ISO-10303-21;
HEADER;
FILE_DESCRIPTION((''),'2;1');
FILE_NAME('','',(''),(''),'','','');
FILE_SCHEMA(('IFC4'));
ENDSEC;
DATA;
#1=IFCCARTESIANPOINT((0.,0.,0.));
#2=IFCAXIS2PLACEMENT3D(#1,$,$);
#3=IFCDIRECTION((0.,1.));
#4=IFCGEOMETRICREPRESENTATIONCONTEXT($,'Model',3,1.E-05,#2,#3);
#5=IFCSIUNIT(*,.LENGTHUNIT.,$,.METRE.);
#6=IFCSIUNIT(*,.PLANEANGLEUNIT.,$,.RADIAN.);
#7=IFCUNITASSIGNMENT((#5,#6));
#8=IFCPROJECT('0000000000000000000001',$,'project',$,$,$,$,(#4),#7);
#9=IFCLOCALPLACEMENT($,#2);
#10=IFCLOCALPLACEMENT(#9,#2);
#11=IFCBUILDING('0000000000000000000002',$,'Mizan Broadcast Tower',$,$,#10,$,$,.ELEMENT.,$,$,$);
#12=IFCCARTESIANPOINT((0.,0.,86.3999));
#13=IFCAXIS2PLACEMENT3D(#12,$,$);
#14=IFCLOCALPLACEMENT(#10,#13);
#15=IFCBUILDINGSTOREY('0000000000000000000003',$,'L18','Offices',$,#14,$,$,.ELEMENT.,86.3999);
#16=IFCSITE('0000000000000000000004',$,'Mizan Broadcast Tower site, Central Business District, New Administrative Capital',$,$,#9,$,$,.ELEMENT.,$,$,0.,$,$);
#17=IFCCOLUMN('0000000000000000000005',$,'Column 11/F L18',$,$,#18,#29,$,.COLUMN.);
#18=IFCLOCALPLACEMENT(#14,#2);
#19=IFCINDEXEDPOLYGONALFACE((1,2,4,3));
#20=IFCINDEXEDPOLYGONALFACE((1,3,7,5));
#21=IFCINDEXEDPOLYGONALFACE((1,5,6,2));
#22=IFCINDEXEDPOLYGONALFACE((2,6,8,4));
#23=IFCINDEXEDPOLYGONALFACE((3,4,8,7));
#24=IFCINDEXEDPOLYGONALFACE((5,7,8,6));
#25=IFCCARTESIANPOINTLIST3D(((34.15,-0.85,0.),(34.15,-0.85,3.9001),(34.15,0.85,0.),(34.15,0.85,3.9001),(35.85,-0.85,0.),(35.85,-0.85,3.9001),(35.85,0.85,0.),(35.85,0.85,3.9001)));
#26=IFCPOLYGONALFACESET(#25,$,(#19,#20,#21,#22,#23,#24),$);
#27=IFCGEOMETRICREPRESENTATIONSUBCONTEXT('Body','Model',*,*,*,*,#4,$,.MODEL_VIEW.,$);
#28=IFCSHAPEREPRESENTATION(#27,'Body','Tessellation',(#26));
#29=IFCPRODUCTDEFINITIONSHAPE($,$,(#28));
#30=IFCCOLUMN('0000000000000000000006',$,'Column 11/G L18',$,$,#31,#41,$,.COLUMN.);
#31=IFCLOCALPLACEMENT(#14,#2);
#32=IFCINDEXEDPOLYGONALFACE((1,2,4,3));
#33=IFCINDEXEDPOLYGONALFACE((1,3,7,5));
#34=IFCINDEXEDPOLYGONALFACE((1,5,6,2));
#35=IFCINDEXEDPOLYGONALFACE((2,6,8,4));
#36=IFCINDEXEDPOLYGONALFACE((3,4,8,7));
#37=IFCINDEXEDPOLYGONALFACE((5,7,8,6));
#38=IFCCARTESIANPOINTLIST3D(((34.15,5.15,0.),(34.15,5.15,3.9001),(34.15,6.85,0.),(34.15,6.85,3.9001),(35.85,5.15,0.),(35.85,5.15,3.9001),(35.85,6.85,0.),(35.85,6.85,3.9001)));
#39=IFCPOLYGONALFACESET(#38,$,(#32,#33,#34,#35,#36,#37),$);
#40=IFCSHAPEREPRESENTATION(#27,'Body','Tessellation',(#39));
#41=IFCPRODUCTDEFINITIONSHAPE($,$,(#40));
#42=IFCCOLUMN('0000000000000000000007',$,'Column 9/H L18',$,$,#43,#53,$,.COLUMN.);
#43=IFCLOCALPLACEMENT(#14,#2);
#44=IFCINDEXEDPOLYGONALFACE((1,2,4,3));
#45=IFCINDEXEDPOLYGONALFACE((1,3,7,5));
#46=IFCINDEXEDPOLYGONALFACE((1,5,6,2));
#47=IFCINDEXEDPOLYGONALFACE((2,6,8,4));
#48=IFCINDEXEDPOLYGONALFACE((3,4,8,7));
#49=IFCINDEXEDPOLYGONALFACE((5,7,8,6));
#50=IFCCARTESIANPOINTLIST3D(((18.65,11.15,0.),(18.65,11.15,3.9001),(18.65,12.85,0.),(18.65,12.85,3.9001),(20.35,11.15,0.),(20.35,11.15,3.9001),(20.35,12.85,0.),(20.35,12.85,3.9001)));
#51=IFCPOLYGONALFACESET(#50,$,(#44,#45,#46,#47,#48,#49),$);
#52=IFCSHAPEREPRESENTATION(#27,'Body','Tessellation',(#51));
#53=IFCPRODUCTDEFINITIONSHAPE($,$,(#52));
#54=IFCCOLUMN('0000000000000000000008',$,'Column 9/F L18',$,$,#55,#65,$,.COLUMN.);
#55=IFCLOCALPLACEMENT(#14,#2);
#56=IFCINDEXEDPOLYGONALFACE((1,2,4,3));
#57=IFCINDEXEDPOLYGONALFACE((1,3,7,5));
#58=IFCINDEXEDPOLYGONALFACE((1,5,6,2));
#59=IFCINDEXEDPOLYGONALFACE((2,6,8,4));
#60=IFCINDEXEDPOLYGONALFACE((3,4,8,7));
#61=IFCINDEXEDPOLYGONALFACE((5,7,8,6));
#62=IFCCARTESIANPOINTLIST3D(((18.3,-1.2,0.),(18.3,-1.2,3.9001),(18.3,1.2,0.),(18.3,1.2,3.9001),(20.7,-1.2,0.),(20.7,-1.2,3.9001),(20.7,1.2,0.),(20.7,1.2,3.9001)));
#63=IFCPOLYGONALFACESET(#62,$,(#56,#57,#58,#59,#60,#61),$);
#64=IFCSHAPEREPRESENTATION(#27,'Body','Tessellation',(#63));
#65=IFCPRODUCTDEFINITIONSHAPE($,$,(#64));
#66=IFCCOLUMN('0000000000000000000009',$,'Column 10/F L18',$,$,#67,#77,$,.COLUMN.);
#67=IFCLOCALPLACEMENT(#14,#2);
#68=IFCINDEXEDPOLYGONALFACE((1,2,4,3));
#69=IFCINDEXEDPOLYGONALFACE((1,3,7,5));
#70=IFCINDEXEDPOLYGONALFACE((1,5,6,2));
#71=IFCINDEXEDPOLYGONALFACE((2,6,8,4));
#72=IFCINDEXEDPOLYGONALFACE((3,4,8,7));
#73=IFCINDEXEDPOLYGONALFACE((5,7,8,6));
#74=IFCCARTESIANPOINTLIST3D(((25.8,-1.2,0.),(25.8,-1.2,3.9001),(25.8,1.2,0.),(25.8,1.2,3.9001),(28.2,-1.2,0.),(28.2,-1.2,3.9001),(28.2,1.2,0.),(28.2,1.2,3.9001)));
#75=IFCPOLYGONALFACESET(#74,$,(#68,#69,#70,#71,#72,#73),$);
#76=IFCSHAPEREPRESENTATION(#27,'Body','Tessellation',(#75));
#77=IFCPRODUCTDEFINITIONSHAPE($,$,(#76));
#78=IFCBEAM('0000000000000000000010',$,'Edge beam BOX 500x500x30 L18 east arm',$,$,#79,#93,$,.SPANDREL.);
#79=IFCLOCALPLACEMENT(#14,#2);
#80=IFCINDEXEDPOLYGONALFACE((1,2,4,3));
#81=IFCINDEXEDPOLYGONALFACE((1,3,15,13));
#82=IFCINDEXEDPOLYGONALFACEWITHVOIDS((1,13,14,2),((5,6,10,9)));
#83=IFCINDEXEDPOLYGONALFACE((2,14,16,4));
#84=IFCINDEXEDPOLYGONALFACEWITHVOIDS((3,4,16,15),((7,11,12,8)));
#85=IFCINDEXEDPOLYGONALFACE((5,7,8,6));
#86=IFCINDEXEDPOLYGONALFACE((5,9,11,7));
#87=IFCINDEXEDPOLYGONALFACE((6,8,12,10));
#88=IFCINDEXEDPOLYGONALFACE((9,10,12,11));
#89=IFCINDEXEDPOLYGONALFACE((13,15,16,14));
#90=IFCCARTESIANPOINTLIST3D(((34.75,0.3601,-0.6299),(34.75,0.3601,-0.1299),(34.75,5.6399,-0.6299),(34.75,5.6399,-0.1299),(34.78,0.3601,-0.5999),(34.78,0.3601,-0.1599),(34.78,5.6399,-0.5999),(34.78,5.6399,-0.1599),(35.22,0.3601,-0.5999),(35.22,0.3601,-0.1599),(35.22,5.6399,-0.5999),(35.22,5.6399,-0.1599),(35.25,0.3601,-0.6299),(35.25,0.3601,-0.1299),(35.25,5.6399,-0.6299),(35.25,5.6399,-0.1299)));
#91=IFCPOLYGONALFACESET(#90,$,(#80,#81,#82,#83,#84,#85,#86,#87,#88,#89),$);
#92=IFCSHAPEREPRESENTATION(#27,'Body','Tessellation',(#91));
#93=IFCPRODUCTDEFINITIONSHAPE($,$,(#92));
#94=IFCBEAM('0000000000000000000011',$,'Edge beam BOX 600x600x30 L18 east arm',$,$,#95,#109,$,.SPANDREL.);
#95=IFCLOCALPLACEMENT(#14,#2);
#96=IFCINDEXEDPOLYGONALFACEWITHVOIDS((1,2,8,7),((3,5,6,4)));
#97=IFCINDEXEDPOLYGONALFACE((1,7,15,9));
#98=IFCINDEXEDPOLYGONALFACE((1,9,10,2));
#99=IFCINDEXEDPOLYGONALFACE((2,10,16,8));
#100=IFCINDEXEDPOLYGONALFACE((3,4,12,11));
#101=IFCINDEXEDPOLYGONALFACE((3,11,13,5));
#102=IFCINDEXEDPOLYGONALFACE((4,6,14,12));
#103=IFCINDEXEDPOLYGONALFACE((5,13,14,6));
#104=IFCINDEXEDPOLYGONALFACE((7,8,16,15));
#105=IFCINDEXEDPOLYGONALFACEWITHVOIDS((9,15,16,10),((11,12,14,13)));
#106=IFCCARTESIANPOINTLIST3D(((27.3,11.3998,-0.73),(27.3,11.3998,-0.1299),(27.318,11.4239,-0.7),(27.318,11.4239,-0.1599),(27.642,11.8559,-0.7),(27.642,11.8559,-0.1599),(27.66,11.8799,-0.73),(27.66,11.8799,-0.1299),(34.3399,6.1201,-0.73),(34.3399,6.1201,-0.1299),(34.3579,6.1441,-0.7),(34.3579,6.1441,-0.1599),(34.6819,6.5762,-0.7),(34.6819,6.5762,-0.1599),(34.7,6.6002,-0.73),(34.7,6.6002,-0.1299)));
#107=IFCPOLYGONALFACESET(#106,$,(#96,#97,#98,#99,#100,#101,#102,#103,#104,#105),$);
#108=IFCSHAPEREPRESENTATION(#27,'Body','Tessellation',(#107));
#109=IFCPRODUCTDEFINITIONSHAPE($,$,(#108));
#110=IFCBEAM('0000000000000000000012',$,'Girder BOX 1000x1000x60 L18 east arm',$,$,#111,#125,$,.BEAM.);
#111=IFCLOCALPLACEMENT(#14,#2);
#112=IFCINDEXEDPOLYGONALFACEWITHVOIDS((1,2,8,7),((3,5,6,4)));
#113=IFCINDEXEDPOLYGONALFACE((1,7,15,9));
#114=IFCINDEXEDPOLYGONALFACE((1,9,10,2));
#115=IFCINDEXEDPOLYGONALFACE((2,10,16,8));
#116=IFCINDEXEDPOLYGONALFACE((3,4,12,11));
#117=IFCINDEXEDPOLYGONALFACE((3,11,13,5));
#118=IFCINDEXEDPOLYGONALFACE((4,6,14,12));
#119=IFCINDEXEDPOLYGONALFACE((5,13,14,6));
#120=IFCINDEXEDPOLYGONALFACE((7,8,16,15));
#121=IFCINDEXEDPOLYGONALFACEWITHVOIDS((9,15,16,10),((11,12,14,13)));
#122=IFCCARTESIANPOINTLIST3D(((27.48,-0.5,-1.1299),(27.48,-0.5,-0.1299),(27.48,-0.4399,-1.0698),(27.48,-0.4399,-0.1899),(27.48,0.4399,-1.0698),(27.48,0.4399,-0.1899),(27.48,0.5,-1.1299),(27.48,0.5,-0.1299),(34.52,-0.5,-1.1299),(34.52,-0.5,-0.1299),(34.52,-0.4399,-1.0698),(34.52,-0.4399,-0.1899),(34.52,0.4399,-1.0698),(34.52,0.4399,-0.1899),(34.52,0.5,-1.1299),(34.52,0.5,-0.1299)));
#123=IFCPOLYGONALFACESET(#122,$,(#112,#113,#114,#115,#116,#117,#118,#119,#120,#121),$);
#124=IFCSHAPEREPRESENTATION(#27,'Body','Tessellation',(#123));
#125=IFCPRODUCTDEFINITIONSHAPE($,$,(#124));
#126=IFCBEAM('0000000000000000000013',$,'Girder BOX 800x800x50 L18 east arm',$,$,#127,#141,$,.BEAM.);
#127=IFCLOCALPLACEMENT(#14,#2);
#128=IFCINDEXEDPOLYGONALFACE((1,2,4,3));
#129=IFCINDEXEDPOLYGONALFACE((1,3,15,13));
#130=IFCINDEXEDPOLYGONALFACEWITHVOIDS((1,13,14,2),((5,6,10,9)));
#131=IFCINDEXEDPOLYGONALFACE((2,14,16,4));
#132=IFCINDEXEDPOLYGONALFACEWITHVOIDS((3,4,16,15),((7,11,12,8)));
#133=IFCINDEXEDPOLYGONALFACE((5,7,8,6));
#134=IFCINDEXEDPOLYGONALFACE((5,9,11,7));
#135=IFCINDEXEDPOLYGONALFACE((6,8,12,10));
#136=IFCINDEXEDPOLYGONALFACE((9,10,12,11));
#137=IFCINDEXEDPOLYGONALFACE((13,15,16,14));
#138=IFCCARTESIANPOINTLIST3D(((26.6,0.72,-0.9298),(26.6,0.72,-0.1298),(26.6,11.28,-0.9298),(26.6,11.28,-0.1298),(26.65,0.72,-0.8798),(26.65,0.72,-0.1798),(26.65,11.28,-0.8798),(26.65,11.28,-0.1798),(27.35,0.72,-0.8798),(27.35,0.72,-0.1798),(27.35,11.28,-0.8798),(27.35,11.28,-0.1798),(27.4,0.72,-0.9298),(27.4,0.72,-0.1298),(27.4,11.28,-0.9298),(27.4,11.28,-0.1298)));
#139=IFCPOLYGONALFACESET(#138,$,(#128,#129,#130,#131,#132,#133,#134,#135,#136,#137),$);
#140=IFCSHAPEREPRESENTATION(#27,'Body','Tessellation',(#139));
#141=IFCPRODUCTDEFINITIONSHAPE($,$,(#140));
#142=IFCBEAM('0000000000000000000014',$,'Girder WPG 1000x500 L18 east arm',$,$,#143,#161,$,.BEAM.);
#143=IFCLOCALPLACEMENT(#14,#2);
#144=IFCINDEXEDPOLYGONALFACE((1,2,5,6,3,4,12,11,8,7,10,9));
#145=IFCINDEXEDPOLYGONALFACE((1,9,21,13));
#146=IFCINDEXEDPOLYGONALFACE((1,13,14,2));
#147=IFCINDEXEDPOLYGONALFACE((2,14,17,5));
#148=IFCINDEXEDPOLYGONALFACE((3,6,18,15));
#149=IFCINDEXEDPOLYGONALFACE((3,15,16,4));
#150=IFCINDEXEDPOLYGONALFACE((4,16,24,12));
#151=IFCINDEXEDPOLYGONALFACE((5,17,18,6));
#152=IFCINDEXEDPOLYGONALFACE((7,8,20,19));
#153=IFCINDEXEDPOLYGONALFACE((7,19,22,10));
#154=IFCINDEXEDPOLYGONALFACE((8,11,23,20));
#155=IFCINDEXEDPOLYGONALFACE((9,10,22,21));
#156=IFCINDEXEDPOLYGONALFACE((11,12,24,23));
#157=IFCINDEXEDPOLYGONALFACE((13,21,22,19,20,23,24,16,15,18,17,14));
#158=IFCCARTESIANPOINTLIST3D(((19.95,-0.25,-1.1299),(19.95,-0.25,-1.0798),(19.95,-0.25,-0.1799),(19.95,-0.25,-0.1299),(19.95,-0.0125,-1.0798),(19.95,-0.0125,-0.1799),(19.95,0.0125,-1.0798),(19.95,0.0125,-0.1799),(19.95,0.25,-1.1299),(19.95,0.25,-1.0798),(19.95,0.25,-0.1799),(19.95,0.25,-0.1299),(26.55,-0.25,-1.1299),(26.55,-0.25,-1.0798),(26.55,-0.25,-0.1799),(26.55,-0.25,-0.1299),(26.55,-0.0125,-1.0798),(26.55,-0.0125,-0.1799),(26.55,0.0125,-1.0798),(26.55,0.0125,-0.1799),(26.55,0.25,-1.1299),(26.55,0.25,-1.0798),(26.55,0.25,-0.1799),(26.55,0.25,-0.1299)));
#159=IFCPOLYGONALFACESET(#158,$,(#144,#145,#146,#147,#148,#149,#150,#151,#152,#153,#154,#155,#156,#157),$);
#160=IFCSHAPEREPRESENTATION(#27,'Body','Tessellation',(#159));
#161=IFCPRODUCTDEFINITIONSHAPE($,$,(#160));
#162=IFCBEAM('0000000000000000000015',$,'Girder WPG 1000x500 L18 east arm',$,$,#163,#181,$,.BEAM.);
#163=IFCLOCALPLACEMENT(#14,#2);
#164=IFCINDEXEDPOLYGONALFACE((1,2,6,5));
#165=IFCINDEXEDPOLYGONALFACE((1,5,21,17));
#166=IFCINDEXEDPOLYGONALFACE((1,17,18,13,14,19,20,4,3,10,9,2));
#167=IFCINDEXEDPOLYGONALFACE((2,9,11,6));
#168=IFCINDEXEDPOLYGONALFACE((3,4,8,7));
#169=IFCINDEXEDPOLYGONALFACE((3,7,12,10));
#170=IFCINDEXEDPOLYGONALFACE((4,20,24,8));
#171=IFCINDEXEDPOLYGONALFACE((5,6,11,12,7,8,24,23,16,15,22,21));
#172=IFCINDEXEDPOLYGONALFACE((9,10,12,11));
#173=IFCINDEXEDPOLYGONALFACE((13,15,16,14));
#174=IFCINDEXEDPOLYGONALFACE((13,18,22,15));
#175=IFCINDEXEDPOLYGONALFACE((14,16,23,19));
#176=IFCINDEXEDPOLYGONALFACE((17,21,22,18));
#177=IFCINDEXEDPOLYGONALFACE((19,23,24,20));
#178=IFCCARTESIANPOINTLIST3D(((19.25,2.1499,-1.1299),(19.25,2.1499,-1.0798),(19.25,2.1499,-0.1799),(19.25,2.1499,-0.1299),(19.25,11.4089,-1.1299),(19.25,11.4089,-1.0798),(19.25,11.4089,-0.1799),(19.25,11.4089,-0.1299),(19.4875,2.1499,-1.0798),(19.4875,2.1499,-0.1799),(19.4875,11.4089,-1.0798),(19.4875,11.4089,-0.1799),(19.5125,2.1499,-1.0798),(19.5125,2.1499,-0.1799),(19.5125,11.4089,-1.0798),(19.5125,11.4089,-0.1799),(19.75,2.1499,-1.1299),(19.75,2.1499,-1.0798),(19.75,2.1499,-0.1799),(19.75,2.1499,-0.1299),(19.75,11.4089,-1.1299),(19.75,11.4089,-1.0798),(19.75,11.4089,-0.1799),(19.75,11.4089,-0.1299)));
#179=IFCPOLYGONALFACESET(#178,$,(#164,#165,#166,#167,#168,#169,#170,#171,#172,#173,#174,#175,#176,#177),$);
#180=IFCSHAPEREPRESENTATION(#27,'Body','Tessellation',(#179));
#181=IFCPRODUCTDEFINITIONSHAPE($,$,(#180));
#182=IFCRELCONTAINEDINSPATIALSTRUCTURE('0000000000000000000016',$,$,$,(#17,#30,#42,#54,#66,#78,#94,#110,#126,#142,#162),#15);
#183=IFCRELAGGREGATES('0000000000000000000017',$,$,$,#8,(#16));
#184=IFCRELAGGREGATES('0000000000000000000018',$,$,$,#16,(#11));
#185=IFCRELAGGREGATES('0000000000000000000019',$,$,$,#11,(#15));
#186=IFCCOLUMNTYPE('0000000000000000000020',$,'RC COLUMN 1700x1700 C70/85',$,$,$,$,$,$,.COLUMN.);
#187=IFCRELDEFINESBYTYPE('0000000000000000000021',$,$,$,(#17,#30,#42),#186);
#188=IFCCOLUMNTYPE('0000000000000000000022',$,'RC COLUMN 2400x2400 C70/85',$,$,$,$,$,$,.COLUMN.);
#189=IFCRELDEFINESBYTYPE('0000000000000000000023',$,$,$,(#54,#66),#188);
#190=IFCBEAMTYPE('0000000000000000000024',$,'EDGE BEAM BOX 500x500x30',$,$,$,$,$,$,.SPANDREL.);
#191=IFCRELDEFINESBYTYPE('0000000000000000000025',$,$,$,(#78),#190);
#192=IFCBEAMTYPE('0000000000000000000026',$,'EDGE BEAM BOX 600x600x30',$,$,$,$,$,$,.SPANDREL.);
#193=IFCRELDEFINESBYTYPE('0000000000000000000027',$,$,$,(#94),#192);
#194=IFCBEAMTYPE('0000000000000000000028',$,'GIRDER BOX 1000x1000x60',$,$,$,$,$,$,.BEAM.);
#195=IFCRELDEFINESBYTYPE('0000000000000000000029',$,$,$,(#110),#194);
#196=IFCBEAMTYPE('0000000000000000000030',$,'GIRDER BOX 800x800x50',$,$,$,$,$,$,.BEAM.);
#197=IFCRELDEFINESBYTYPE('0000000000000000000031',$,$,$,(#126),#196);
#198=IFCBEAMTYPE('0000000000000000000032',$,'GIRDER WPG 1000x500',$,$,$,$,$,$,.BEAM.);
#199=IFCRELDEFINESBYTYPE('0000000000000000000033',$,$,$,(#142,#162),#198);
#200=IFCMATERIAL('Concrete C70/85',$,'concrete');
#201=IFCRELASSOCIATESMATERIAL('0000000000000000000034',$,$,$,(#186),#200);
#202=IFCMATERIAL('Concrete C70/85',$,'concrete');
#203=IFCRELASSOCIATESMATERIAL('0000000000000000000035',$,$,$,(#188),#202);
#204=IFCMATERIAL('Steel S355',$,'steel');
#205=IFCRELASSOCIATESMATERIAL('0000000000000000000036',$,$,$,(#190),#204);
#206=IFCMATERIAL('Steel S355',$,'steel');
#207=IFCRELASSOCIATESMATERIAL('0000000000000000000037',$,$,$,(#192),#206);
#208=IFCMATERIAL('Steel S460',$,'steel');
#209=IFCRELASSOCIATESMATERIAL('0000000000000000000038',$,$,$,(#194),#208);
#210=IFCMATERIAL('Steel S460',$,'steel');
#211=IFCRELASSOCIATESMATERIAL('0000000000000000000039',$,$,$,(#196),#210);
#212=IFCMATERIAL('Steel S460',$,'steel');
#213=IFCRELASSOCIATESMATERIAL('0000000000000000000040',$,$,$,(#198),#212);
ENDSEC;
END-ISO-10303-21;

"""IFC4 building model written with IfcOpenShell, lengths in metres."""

from ifc_helpers import new_model, si_unit, direction, frame, origin, origin_2d, place, context, subcontext, project, spatial, rectangle, hollow_rectangle, i_section, extrude, material, material_profile, profile_set, type_object, element, save


model = new_model("IFC4")

# Units and contexts
model_context = context("Model", 3, precision=1e-05, world=origin(), true_north=direction((0.0, 1.0)))
body_context = subcontext(model_context, "Body", "Model", "MODEL_VIEW")
ifc_project = project(units=[si_unit("LENGTHUNIT", "METRE"), si_unit("PLANEANGLEUNIT", "RADIAN")], contexts=[model_context])

# Site, building, storey
site_placement = place(None, origin())
site = spatial("IfcSite", under=ifc_project, at=site_placement, Name="Mizan Broadcast Tower site, Central Business District, New Administrative Capital", CompositionType="ELEMENT", RefElevation=0.0)
building_placement = place(site_placement, origin())
building = spatial("IfcBuilding", under=site, at=building_placement, Name="Mizan Broadcast Tower", CompositionType="ELEMENT")
storey_placement = place(building_placement, frame((0.0, 0.0, 86.3999)))
storey = spatial("IfcBuildingStorey", under=building, at=storey_placement, Name="L18", Description="Offices", CompositionType="ELEMENT", Elevation=86.3999)

# Columns
ifc_material_1 = material(Name="Concrete C70/85", Category="concrete")
ifc_material_profile_1 = material_profile(ifc_material_1, rectangle(XDim=1.7, YDim=1.7, at=origin_2d()), Name="RC 1700x1700")
ifc_profile_set_1 = profile_set([ifc_material_profile_1], Name="Concrete C70/85")
column_type_1 = type_object("IfcColumnType", Name="RC COLUMN 1700x1700 C70/85", PredefinedType="COLUMN", material=ifc_profile_set_1)
for number, where, z_axis, x_axis, name in (
    (1, (35.0, 0.0, 0.0), (0.0, 0.0, 1.0), (1.0, 0.0, 0.0), "Column 11/F L18"),
    (2, (35.0, 6.0, 0.0), (0.0, 0.0, 1.0), (1.0, 0.0, 0.0), "Column 11/G L18"),
    (3, (19.5, 12.0, 0.0), (0.0, 0.0, 1.0), (1.0, 0.0, 0.0), "Column 9/H L18"),
):
    element("IfcColumn", number, at=place(storey_placement, frame(where, z_axis=z_axis, x_axis=x_axis)), inside=storey, type_object=column_type_1, Name=name, PredefinedType="COLUMN", context=body_context, shape_type="SweptSolid", body=[
        extrude(rectangle(XDim=1.7, YDim=1.7, at=origin_2d()), origin(), (0.0, 0.0, 1.0), 3.9001),
    ])
ifc_material_2 = material(Name="Concrete C70/85", Category="concrete")
ifc_material_profile_2 = material_profile(ifc_material_2, rectangle(XDim=2.3999, YDim=2.3999, at=origin_2d()), Name="RC 2400x2400")
ifc_profile_set_2 = profile_set([ifc_material_profile_2], Name="Concrete C70/85")
column_type_2 = type_object("IfcColumnType", Name="RC COLUMN 2400x2400 C70/85", PredefinedType="COLUMN", material=ifc_profile_set_2)
for number, where, z_axis, x_axis, name in (
    (4, (19.5, 0.0, 0.0), (0.0, 0.0, 1.0), (1.0, 0.0, 0.0), "Column 9/F L18"),
    (5, (27.0, 0.0, 0.0), (0.0, 0.0, 1.0), (1.0, 0.0, 0.0), "Column 10/F L18"),
):
    element("IfcColumn", number, at=place(storey_placement, frame(where, z_axis=z_axis, x_axis=x_axis)), inside=storey, type_object=column_type_2, Name=name, PredefinedType="COLUMN", context=body_context, shape_type="SweptSolid", body=[
        extrude(rectangle(XDim=2.3999, YDim=2.3999, at=origin_2d()), origin(), (0.0, 0.0, 1.0), 3.9001),
    ])

# Beams
ifc_material_3 = material(Name="Steel S355", Category="steel")
ifc_material_profile_3 = material_profile(ifc_material_3, hollow_rectangle(XDim=0.5, YDim=0.5, WallThickness=0.03, at=origin_2d()), Name="BOX 500x500x30")
ifc_profile_set_3 = profile_set([ifc_material_profile_3], Name="Steel S355")
beam_type_1 = type_object("IfcBeamType", Name="EDGE BEAM BOX 500x500x30", PredefinedType="SPANDREL", material=ifc_profile_set_3)
beam_1_placement = place(storey_placement, frame((35.0, 5.6399, -0.3799), z_axis=(0.0, -1.0, 0.0), x_axis=(1.0, 0.0, 0.0)))
element("IfcBeam", 6, at=beam_1_placement, inside=storey, type_object=beam_type_1, Name="Edge beam BOX 500x500x30 L18 east arm", PredefinedType="SPANDREL", context=body_context, shape_type="SweptSolid", body=[
    extrude(hollow_rectangle(XDim=0.5, YDim=0.5, WallThickness=0.03, at=origin_2d()), origin(), (0.0, 0.0, 1.0), 5.2798),
])
ifc_material_4 = material(Name="Steel S355", Category="steel")
ifc_material_profile_4 = material_profile(ifc_material_4, hollow_rectangle(XDim=0.6001, YDim=0.6001, WallThickness=0.03, at=origin_2d()), Name="BOX 600x600x30")
ifc_profile_set_4 = profile_set([ifc_material_profile_4], Name="Steel S355")
beam_type_2 = type_object("IfcBeamType", Name="EDGE BEAM BOX 600x600x30", PredefinedType="SPANDREL", material=ifc_profile_set_4)
beam_2_placement = place(storey_placement, frame((27.48, 11.6399, -0.4299), z_axis=(0.800013, -0.599982, 0.0), x_axis=(0.599982, 0.800013, 0.0)))
element("IfcBeam", 7, at=beam_2_placement, inside=storey, type_object=beam_type_2, Name="Edge beam BOX 600x600x30 L18 east arm", PredefinedType="SPANDREL", context=body_context, shape_type="SweptSolid", body=[
    extrude(hollow_rectangle(XDim=0.6001, YDim=0.6001, WallThickness=0.03, at=origin_2d()), origin(), (0.0, 0.0, 1.0), 8.7998),
])
ifc_material_5 = material(Name="Steel S460", Category="steel")
ifc_material_profile_5 = material_profile(ifc_material_5, hollow_rectangle(XDim=1.0, YDim=1.0, WallThickness=0.0601, at=origin_2d()), Name="BOX 1000x1000x60")
ifc_profile_set_5 = profile_set([ifc_material_profile_5], Name="Steel S460")
beam_type_3 = type_object("IfcBeamType", Name="GIRDER BOX 1000x1000x60", PredefinedType="BEAM", material=ifc_profile_set_5)
beam_3_placement = place(storey_placement, frame((27.48, 0.0, -0.6299), z_axis=(1.0, 0.0, 0.0), x_axis=(0.0, 1.0, 0.0)))
element("IfcBeam", 8, at=beam_3_placement, inside=storey, type_object=beam_type_3, Name="Girder BOX 1000x1000x60 L18 east arm", PredefinedType="BEAM", context=body_context, shape_type="SweptSolid", body=[
    extrude(hollow_rectangle(XDim=1.0, YDim=1.0, WallThickness=0.0601, at=origin_2d()), origin(), (0.0, 0.0, 1.0), 7.04),
])
ifc_material_6 = material(Name="Steel S460", Category="steel")
ifc_material_profile_6 = material_profile(ifc_material_6, hollow_rectangle(XDim=0.8, YDim=0.8, WallThickness=0.05, at=origin_2d()), Name="BOX 800x800x50")
ifc_profile_set_6 = profile_set([ifc_material_profile_6], Name="Steel S460")
beam_type_4 = type_object("IfcBeamType", Name="GIRDER BOX 800x800x50", PredefinedType="BEAM", material=ifc_profile_set_6)
beam_4_placement = place(storey_placement, frame((27.0, 11.28, -0.5298), z_axis=(0.0, -1.0, 0.0), x_axis=(1.0, 0.0, 0.0)))
element("IfcBeam", 9, at=beam_4_placement, inside=storey, type_object=beam_type_4, Name="Girder BOX 800x800x50 L18 east arm", PredefinedType="BEAM", context=body_context, shape_type="SweptSolid", body=[
    extrude(hollow_rectangle(XDim=0.8, YDim=0.8, WallThickness=0.05, at=origin_2d()), origin(), (0.0, 0.0, 1.0), 10.5601),
])
ifc_material_7 = material(Name="Steel S460", Category="steel")
ifc_material_profile_7 = material_profile(ifc_material_7, i_section(OverallWidth=0.5, OverallDepth=1.0, WebThickness=0.0249, FlangeThickness=0.05, at=origin_2d()), Name="WPG 1000x500")
ifc_profile_set_7 = profile_set([ifc_material_profile_7], Name="Steel S460")
beam_type_5 = type_object("IfcBeamType", Name="GIRDER WPG 1000x500", PredefinedType="BEAM", material=ifc_profile_set_7)
beam_5_placement = place(storey_placement, frame((19.95, 0.0, -0.6299), z_axis=(1.0, 0.0, 0.0), x_axis=(0.0, 1.0, 0.0)))
element("IfcBeam", 10, at=beam_5_placement, inside=storey, type_object=beam_type_5, Name="Girder WPG 1000x500 L18 east arm", PredefinedType="BEAM", context=body_context, shape_type="SweptSolid", body=[
    extrude(i_section(OverallWidth=0.5, OverallDepth=1.0, WebThickness=0.0249, FlangeThickness=0.05, at=origin_2d()), origin(), (0.0, 0.0, 1.0), 6.6001),
])
beam_6_placement = place(storey_placement, frame((19.5, 11.4089, -0.6299), z_axis=(0.0, -1.0, 0.0), x_axis=(1.0, 0.0, 0.0)))
element("IfcBeam", 11, at=beam_6_placement, inside=storey, type_object=beam_type_5, Name="Girder WPG 1000x500 L18 east arm", PredefinedType="BEAM", context=body_context, shape_type="SweptSolid", body=[
    extrude(i_section(OverallWidth=0.5, OverallDepth=1.0, WebThickness=0.0249, FlangeThickness=0.05, at=origin_2d()), origin(), (0.0, 0.0, 1.0), 9.259),
])

save(model, "model.ifc")
